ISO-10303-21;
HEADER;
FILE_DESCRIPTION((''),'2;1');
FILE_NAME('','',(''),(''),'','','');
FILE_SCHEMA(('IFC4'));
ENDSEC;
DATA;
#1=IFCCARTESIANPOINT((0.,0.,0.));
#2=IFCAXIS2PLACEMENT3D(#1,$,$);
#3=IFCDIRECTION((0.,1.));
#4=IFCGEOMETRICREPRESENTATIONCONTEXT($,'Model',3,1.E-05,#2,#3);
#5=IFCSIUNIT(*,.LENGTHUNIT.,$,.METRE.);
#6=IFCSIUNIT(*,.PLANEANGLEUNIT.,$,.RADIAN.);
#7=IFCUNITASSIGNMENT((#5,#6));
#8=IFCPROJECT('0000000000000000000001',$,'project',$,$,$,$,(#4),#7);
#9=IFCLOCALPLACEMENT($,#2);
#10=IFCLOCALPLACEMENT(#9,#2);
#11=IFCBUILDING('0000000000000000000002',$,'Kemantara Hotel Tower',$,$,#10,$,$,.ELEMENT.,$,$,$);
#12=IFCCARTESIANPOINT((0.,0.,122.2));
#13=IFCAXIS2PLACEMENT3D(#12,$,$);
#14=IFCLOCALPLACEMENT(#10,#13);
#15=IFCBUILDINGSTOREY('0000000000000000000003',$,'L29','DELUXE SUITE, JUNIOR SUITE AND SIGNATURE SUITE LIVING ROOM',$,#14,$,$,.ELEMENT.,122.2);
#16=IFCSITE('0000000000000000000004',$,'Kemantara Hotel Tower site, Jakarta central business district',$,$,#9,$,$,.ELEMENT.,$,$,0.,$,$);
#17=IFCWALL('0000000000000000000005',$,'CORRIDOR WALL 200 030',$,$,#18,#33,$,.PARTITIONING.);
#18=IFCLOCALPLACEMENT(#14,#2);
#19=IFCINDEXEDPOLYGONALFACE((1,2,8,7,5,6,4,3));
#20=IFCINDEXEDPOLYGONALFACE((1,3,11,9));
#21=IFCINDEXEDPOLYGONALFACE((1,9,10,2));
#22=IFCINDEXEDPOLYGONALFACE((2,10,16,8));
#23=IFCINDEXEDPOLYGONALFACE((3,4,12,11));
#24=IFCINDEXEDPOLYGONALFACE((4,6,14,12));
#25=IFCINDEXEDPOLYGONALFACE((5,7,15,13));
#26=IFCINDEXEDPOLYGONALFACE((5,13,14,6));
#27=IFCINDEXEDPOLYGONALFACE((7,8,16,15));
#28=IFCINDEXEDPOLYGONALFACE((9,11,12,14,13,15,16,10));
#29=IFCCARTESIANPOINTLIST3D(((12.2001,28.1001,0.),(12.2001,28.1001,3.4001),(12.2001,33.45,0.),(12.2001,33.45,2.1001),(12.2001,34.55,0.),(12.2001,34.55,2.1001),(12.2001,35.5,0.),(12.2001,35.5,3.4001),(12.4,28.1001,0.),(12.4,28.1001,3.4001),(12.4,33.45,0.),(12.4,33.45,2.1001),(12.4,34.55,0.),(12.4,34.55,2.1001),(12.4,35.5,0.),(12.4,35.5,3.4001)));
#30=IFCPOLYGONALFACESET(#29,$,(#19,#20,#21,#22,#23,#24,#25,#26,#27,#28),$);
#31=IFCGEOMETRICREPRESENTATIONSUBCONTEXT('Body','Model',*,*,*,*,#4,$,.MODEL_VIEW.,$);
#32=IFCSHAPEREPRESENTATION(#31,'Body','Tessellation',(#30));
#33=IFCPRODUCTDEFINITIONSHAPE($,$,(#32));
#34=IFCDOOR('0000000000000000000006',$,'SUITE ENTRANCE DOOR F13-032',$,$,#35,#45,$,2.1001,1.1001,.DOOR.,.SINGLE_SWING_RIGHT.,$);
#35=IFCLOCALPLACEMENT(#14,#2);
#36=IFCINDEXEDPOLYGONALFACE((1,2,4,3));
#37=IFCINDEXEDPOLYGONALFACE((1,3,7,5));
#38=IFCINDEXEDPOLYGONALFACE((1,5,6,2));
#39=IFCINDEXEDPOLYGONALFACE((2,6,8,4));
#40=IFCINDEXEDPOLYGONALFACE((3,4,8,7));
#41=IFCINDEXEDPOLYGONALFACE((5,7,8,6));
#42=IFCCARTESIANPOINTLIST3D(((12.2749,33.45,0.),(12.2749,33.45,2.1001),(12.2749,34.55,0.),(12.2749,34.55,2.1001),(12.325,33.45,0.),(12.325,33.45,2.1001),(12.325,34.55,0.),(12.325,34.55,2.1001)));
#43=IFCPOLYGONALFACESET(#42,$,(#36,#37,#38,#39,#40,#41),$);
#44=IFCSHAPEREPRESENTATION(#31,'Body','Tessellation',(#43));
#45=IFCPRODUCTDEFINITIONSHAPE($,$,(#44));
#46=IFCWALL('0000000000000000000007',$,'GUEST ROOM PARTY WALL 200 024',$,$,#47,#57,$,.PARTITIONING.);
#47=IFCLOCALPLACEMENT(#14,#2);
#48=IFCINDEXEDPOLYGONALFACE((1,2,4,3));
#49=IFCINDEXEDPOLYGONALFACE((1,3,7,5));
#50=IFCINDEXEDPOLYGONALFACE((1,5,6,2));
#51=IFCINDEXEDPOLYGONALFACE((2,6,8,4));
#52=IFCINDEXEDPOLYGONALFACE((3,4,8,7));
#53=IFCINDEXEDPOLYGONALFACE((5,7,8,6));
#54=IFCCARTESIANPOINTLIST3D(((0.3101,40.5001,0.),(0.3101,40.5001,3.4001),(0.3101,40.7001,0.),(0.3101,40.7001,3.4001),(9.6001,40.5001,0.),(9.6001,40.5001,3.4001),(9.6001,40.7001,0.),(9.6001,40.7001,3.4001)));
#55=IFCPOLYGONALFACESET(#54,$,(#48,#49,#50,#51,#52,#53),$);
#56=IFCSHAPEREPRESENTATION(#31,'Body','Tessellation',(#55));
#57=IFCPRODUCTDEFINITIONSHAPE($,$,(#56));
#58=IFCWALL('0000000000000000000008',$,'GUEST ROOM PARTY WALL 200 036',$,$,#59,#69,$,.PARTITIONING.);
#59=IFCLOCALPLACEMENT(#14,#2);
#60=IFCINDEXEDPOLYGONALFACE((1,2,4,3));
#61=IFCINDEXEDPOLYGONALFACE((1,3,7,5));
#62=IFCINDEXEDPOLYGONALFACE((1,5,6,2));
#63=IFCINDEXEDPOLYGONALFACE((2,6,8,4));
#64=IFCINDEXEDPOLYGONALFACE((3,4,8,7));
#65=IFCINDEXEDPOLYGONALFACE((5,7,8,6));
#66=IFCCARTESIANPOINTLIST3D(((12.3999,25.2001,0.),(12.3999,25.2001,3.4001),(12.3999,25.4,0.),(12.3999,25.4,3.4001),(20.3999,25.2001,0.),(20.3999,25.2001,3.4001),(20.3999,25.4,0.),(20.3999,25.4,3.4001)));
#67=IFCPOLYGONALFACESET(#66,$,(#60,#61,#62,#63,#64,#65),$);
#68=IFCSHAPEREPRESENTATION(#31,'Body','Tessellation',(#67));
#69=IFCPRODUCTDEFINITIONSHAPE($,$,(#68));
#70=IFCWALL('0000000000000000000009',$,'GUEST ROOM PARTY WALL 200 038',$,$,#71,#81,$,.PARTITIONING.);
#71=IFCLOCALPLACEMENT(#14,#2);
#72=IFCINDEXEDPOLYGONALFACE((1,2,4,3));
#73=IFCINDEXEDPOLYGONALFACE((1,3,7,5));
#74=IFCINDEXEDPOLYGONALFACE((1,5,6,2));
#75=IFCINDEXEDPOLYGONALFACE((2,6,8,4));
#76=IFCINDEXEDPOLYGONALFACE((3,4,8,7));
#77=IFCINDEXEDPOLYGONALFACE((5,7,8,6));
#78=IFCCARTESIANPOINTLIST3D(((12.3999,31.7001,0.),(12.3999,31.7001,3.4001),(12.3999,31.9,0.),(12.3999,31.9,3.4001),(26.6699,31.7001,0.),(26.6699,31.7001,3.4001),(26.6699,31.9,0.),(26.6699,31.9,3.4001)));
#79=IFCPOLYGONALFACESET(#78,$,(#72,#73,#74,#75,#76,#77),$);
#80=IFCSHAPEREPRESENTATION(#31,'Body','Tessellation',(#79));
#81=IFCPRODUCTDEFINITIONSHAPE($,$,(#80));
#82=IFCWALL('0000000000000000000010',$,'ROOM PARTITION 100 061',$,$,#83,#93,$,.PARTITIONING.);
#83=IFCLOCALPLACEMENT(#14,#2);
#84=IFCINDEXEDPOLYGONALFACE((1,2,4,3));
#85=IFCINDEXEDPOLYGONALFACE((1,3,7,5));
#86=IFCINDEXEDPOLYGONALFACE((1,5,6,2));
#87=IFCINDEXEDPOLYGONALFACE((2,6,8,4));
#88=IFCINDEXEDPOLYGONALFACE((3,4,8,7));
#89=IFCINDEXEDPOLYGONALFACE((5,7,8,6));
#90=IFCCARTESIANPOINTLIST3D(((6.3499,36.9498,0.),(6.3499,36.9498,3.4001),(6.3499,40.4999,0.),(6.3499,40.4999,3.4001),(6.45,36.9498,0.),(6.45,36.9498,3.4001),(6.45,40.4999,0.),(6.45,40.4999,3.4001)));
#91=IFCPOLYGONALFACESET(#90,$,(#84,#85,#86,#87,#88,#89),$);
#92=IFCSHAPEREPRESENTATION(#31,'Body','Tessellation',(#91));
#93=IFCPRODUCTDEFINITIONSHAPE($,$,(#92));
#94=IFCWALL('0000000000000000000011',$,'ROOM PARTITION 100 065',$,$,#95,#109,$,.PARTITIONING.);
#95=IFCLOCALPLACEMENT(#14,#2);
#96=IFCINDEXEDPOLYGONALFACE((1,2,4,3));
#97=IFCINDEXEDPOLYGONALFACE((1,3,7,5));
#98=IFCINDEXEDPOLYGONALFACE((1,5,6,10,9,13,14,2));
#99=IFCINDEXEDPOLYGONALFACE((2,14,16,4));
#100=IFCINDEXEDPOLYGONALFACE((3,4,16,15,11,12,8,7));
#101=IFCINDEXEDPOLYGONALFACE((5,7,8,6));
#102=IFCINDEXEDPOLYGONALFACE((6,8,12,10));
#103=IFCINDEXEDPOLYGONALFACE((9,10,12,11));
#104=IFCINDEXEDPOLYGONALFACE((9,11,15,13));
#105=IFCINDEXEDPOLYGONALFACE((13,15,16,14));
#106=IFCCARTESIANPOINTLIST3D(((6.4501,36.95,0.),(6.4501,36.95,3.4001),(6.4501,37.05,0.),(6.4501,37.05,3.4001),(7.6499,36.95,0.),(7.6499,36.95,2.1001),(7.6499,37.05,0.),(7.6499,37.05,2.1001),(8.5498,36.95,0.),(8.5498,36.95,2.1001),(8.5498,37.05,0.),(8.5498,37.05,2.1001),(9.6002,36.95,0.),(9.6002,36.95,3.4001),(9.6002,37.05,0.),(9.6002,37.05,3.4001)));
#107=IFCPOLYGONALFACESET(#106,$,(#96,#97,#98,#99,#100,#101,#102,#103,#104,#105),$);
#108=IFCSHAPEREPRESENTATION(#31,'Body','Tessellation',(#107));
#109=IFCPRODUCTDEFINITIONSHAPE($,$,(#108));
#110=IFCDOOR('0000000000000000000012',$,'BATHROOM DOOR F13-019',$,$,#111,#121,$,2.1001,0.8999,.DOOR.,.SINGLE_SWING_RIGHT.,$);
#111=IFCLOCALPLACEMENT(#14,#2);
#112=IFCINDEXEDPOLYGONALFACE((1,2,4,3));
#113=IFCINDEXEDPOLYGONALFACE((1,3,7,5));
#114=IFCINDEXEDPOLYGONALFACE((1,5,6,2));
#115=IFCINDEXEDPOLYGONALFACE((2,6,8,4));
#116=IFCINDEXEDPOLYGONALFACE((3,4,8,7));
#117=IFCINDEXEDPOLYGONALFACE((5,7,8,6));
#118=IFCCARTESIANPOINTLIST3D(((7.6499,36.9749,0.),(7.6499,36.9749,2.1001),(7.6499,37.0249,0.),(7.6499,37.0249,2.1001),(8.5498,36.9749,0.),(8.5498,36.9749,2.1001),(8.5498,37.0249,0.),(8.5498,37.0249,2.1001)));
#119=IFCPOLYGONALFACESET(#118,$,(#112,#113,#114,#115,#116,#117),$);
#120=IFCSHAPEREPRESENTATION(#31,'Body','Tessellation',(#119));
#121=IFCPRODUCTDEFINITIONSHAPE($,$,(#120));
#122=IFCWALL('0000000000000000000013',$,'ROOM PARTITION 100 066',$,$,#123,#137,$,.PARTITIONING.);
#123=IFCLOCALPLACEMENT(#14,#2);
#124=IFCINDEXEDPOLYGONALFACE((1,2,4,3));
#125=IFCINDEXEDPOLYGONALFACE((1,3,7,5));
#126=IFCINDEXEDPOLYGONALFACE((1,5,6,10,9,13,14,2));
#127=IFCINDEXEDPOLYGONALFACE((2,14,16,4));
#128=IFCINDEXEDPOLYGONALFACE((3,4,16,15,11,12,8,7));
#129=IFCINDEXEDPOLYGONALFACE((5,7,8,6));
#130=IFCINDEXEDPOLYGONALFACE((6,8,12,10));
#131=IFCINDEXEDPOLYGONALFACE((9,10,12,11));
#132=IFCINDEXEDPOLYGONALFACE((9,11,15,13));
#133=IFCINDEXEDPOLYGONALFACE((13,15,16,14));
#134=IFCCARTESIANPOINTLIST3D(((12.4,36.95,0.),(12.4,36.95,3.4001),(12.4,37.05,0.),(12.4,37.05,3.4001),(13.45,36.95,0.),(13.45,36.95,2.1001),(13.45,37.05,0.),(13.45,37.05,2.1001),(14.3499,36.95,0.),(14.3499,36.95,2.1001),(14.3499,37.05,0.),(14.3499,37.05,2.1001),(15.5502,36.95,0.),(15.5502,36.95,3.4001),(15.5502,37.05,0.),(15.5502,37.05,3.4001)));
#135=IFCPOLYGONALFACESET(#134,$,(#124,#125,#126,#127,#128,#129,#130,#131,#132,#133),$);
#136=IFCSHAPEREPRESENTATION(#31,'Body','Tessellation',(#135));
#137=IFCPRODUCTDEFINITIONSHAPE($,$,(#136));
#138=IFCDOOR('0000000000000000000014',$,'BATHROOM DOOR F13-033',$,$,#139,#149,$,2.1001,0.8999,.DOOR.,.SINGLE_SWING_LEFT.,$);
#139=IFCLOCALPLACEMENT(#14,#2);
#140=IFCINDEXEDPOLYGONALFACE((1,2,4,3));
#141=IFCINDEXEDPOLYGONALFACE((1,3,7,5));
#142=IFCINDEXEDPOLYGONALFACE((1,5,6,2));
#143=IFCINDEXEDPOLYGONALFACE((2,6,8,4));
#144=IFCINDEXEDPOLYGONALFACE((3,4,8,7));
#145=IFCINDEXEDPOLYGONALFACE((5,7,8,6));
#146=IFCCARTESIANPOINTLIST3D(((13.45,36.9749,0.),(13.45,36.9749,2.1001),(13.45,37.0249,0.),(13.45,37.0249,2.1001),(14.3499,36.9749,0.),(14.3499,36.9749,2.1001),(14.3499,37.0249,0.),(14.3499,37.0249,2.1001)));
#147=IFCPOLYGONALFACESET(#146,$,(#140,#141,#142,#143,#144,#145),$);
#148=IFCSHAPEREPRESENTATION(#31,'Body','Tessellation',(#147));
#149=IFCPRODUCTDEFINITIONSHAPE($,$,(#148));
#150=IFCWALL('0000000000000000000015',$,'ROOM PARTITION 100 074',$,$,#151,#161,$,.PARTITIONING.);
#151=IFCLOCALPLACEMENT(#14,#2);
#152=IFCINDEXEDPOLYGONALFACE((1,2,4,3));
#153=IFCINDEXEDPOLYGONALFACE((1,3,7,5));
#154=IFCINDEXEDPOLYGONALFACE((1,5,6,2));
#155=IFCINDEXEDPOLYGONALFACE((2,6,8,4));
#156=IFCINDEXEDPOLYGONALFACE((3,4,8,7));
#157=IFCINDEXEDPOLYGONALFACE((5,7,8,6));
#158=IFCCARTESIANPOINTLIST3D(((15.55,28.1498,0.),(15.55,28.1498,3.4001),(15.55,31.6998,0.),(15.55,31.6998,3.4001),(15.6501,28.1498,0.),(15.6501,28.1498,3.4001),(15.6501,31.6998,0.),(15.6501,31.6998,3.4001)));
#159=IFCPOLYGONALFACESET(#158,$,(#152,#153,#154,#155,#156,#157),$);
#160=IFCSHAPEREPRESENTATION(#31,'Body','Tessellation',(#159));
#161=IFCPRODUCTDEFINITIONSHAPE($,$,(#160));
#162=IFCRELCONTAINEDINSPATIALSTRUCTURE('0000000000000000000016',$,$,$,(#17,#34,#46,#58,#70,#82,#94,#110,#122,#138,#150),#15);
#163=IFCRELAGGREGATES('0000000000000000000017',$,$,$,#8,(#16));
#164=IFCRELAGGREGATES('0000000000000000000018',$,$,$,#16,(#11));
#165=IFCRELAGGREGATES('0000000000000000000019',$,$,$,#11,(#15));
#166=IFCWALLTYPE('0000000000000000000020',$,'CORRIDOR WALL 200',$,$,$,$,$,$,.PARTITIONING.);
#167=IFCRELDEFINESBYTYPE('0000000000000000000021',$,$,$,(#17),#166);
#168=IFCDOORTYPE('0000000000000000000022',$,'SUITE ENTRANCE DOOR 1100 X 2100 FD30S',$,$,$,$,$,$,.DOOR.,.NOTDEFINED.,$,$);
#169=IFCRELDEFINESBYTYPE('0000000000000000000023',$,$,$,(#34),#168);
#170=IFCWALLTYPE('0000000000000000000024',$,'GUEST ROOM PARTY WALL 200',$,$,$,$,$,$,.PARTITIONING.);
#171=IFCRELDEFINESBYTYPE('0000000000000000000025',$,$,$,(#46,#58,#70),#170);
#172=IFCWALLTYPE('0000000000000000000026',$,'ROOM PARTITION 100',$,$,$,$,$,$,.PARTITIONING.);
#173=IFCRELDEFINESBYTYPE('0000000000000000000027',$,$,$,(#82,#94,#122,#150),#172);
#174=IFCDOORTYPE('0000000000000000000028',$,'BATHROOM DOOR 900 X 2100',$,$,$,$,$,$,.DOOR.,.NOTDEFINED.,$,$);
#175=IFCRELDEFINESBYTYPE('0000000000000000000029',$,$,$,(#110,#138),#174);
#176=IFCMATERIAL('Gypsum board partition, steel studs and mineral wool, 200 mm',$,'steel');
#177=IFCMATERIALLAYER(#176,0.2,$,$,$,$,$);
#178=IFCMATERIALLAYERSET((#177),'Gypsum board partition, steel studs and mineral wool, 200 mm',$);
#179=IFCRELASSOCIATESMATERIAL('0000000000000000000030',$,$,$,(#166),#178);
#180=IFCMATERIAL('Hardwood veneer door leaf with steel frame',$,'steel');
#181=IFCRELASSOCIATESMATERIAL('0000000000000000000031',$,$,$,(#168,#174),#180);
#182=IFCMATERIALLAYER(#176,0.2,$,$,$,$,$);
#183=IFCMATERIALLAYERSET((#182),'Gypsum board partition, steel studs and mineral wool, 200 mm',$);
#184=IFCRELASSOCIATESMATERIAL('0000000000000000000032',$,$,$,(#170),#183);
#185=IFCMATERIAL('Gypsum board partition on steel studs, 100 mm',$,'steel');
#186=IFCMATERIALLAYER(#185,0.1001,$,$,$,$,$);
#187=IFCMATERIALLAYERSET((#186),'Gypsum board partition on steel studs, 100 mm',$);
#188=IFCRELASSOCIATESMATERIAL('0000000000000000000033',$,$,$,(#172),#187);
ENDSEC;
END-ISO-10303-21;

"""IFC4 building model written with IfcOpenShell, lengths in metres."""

from ifc_helpers import new_model, si_unit, direction, frame, frame_2d, origin, place, context, subcontext, project, spatial, rectangle, extrude, material, layer, layer_set, type_object, element, fill, save


model = new_model("IFC4")

# Units and contexts
model_context = context("Model", 3, precision=1e-05, world=origin(), true_north=direction((0.0, 1.0)))
body_context = subcontext(model_context, "Body", "Model", "MODEL_VIEW")
ifc_project = project(units=[si_unit("LENGTHUNIT", "METRE"), si_unit("PLANEANGLEUNIT", "RADIAN")], contexts=[model_context])

# Site, building, storey
site_placement = place(None, origin())
site = spatial("IfcSite", under=ifc_project, at=site_placement, Name="Kemantara Hotel Tower site, Jakarta central business district", CompositionType="ELEMENT", RefElevation=0.0)
building_placement = place(site_placement, origin())
building = spatial("IfcBuilding", under=site, at=building_placement, Name="Kemantara Hotel Tower", CompositionType="ELEMENT")
storey_placement = place(building_placement, frame((0.0, 0.0, 122.2)))
storey = spatial("IfcBuildingStorey", under=building, at=storey_placement, Name="L29", Description="DELUXE SUITE, JUNIOR SUITE AND SIGNATURE SUITE LIVING ROOM", CompositionType="ELEMENT", Elevation=122.2)

# Shared definitions
ifc_material_1 = material(Name="Gypsum board partition, steel studs and mineral wool, 200 mm", Category="steel")
ifc_layer_1 = layer(ifc_material_1, 0.2)
ifc_layer_set_1 = layer_set([ifc_layer_1], Name="Gypsum board partition, steel studs and mineral wool, 200 mm")
wall_type_1 = type_object("IfcWallType", Name="CORRIDOR WALL 200", PredefinedType="PARTITIONING", material=ifc_layer_set_1)

# Wall, opening, door
ifc_material_2 = material(Name="Hardwood veneer door leaf with steel frame", Category="steel")
door_type_1 = type_object("IfcDoorType", Name="SUITE ENTRANCE DOOR 1100 X 2100 FD30S", OperationType="NOTDEFINED", PredefinedType="DOOR", material=ifc_material_2)
wall_1_placement = place(storey_placement, frame((12.3, 35.5, 0.0), z_axis=(0.0, 0.0, 1.0), x_axis=(0.0, -1.0, 0.0)))
wall_1 = element("IfcWall", 1, at=wall_1_placement, inside=storey, type_object=wall_type_1, Name="CORRIDOR WALL 200 030", PredefinedType="PARTITIONING", context=body_context, shape_type="SweptSolid", body=[
    extrude(rectangle(XDim=7.3999, YDim=0.2, at=frame_2d((3.7, 0.0))), origin(), (0.0, 0.0, 1.0), 3.4001),
])
opening_1_placement = place(wall_1_placement, frame((0.95, 0.0, 0.0)))
opening_1 = element("IfcOpeningElement", 2, at=opening_1_placement, cuts=wall_1, PredefinedType="OPENING", context=body_context, shape_type="SweptSolid", body=[
    extrude(rectangle(XDim=1.1001, YDim=2.1001, at=frame_2d((0.55, 1.05))), frame((0.0, 0.1099, 0.0), z_axis=(0.0, -1.0, 0.0), x_axis=(1.0, 0.0, 0.0)), (0.0, 0.0, 1.0), 0.22),
])
door_1_placement = place(opening_1_placement, origin())
door_1 = element("IfcDoor", 3, at=door_1_placement, inside=storey, type_object=door_type_1, Name="SUITE ENTRANCE DOOR F13-032", OperationType="SINGLE_SWING_RIGHT", OverallHeight=2.1001, OverallWidth=1.1001, PredefinedType="DOOR", context=body_context, shape_type="SweptSolid", body=[
    extrude(rectangle(XDim=1.1001, YDim=2.1001, at=frame_2d((0.55, 1.05))), frame((0.0, 0.0249, 0.0), z_axis=(0.0, -1.0, 0.0), x_axis=(1.0, 0.0, 0.0)), (0.0, 0.0, 1.0), 0.05),
])
fill(opening_1, door_1)

# Walls
ifc_layer_2 = layer(ifc_material_1, 0.2)
ifc_layer_set_2 = layer_set([ifc_layer_2], Name="Gypsum board partition, steel studs and mineral wool, 200 mm")
wall_type_2 = type_object("IfcWallType", Name="GUEST ROOM PARTY WALL 200", PredefinedType="PARTITIONING", material=ifc_layer_set_2)
wall_2_placement = place(storey_placement, frame((0.3101, 40.6001, 0.0), z_axis=(0.0, 0.0, 1.0), x_axis=(1.0, 0.0, 0.0)))
element("IfcWall", 4, at=wall_2_placement, inside=storey, type_object=wall_type_2, Name="GUEST ROOM PARTY WALL 200 024", PredefinedType="PARTITIONING", context=body_context, shape_type="SweptSolid", body=[
    extrude(rectangle(XDim=9.29, YDim=0.2, at=frame_2d((4.645, 0.0))), origin(), (0.0, 0.0, 1.0), 3.4001),
])
wall_3_placement = place(storey_placement, frame((12.3999, 25.3, 0.0), z_axis=(0.0, 0.0, 1.0), x_axis=(1.0, 0.0, 0.0)))
element("IfcWall", 5, at=wall_3_placement, inside=storey, type_object=wall_type_2, Name="GUEST ROOM PARTY WALL 200 036", PredefinedType="PARTITIONING", context=body_context, shape_type="SweptSolid", body=[
    extrude(rectangle(XDim=8.0, YDim=0.2, at=frame_2d((4.0, 0.0))), origin(), (0.0, 0.0, 1.0), 3.4001),
])
wall_4_placement = place(storey_placement, frame((12.3999, 31.8, 0.0), z_axis=(0.0, 0.0, 1.0), x_axis=(1.0, 0.0, 0.0)))
element("IfcWall", 6, at=wall_4_placement, inside=storey, type_object=wall_type_2, Name="GUEST ROOM PARTY WALL 200 038", PredefinedType="PARTITIONING", context=body_context, shape_type="SweptSolid", body=[
    extrude(rectangle(XDim=14.27, YDim=0.2, at=frame_2d((7.135, 0.0))), origin(), (0.0, 0.0, 1.0), 3.4001),
])
ifc_material_3 = material(Name="Gypsum board partition on steel studs, 100 mm", Category="steel")
ifc_layer_3 = layer(ifc_material_3, 0.1001)
ifc_layer_set_3 = layer_set([ifc_layer_3], Name="Gypsum board partition on steel studs, 100 mm")
wall_type_3 = type_object("IfcWallType", Name="ROOM PARTITION 100", PredefinedType="PARTITIONING", material=ifc_layer_set_3)
wall_5_placement = place(storey_placement, frame((6.3999, 36.95, 0.0), z_axis=(0.0, 0.0, 1.0), x_axis=(0.0, 1.0, 0.0)))
element("IfcWall", 7, at=wall_5_placement, inside=storey, type_object=wall_type_3, Name="ROOM PARTITION 100 061", PredefinedType="PARTITIONING", context=body_context, shape_type="SweptSolid", body=[
    extrude(rectangle(XDim=3.55, YDim=0.1001, at=frame_2d((1.7749, 0.0))), origin(), (0.0, 0.0, 1.0), 3.4001),
])

# Walls, openings, doors
wall_6_placement = place(storey_placement, frame((6.45, 37.0, 0.0), z_axis=(0.0, 0.0, 1.0), x_axis=(1.0, 0.0, 0.0)))
wall_6 = element("IfcWall", 8, at=wall_6_placement, inside=storey, type_object=wall_type_3, Name="ROOM PARTITION 100 065", PredefinedType="PARTITIONING", context=body_context, shape_type="SweptSolid", body=[
    extrude(rectangle(XDim=3.1501, YDim=0.1001, at=frame_2d((1.5752, 0.0))), origin(), (0.0, 0.0, 1.0), 3.4001),
])
opening_2_placement = place(wall_6_placement, frame((1.2, 0.0, 0.0)))
opening_2 = element("IfcOpeningElement", 9, at=opening_2_placement, cuts=wall_6, PredefinedType="OPENING", context=body_context, shape_type="SweptSolid", body=[
    extrude(rectangle(XDim=0.8999, YDim=2.1001, at=frame_2d((0.45, 1.05))), frame((0.0, 0.0601, 0.0), z_axis=(0.0, -1.0, 0.0), x_axis=(1.0, 0.0, 0.0)), (0.0, 0.0, 1.0), 0.1201),
])
door_type_2 = type_object("IfcDoorType", Name="BATHROOM DOOR 900 X 2100", OperationType="NOTDEFINED", PredefinedType="DOOR", material=ifc_material_2)
door_2_placement = place(opening_2_placement, origin())
door_2 = element("IfcDoor", 10, at=door_2_placement, inside=storey, type_object=door_type_2, Name="BATHROOM DOOR F13-019", OperationType="SINGLE_SWING_RIGHT", OverallHeight=2.1001, OverallWidth=0.8999, PredefinedType="DOOR", context=body_context, shape_type="SweptSolid", body=[
    extrude(rectangle(XDim=0.8999, YDim=2.1001, at=frame_2d((0.45, 1.05))), frame((0.0, 0.0249, 0.0), z_axis=(0.0, -1.0, 0.0), x_axis=(1.0, 0.0, 0.0)), (0.0, 0.0, 1.0), 0.05),
])
fill(opening_2, door_2)
wall_7_placement = place(storey_placement, frame((12.3999, 37.0, 0.0), z_axis=(0.0, 0.0, 1.0), x_axis=(1.0, 0.0, 0.0)))
wall_7 = element("IfcWall", 11, at=wall_7_placement, inside=storey, type_object=wall_type_3, Name="ROOM PARTITION 100 066", PredefinedType="PARTITIONING", context=body_context, shape_type="SweptSolid", body=[
    extrude(rectangle(XDim=3.1501, YDim=0.1001, at=frame_2d((1.5752, 0.0))), origin(), (0.0, 0.0, 1.0), 3.4001),
])
opening_3_placement = place(wall_7_placement, frame((1.05, 0.0, 0.0)))
opening_3 = element("IfcOpeningElement", 12, at=opening_3_placement, cuts=wall_7, PredefinedType="OPENING", context=body_context, shape_type="SweptSolid", body=[
    extrude(rectangle(XDim=0.8999, YDim=2.1001, at=frame_2d((0.45, 1.05))), frame((0.0, 0.0601, 0.0), z_axis=(0.0, -1.0, 0.0), x_axis=(1.0, 0.0, 0.0)), (0.0, 0.0, 1.0), 0.1201),
])
door_3_placement = place(opening_3_placement, origin())
door_3 = element("IfcDoor", 13, at=door_3_placement, inside=storey, type_object=door_type_2, Name="BATHROOM DOOR F13-033", OperationType="SINGLE_SWING_LEFT", OverallHeight=2.1001, OverallWidth=0.8999, PredefinedType="DOOR", context=body_context, shape_type="SweptSolid", body=[
    extrude(rectangle(XDim=0.8999, YDim=2.1001, at=frame_2d((0.45, 1.05))), frame((0.0, 0.0249, 0.0), z_axis=(0.0, -1.0, 0.0), x_axis=(1.0, 0.0, 0.0)), (0.0, 0.0, 1.0), 0.05),
])
fill(opening_3, door_3)

# Wall
wall_8_placement = place(storey_placement, frame((15.6001, 28.1499, 0.0), z_axis=(0.0, 0.0, 1.0), x_axis=(0.0, 1.0, 0.0)))
element("IfcWall", 14, at=wall_8_placement, inside=storey, type_object=wall_type_3, Name="ROOM PARTITION 100 074", PredefinedType="PARTITIONING", context=body_context, shape_type="SweptSolid", body=[
    extrude(rectangle(XDim=3.55, YDim=0.1001, at=frame_2d((1.7749, 0.0))), origin(), (0.0, 0.0, 1.0), 3.4001),
])

save(model, "model.ifc")
